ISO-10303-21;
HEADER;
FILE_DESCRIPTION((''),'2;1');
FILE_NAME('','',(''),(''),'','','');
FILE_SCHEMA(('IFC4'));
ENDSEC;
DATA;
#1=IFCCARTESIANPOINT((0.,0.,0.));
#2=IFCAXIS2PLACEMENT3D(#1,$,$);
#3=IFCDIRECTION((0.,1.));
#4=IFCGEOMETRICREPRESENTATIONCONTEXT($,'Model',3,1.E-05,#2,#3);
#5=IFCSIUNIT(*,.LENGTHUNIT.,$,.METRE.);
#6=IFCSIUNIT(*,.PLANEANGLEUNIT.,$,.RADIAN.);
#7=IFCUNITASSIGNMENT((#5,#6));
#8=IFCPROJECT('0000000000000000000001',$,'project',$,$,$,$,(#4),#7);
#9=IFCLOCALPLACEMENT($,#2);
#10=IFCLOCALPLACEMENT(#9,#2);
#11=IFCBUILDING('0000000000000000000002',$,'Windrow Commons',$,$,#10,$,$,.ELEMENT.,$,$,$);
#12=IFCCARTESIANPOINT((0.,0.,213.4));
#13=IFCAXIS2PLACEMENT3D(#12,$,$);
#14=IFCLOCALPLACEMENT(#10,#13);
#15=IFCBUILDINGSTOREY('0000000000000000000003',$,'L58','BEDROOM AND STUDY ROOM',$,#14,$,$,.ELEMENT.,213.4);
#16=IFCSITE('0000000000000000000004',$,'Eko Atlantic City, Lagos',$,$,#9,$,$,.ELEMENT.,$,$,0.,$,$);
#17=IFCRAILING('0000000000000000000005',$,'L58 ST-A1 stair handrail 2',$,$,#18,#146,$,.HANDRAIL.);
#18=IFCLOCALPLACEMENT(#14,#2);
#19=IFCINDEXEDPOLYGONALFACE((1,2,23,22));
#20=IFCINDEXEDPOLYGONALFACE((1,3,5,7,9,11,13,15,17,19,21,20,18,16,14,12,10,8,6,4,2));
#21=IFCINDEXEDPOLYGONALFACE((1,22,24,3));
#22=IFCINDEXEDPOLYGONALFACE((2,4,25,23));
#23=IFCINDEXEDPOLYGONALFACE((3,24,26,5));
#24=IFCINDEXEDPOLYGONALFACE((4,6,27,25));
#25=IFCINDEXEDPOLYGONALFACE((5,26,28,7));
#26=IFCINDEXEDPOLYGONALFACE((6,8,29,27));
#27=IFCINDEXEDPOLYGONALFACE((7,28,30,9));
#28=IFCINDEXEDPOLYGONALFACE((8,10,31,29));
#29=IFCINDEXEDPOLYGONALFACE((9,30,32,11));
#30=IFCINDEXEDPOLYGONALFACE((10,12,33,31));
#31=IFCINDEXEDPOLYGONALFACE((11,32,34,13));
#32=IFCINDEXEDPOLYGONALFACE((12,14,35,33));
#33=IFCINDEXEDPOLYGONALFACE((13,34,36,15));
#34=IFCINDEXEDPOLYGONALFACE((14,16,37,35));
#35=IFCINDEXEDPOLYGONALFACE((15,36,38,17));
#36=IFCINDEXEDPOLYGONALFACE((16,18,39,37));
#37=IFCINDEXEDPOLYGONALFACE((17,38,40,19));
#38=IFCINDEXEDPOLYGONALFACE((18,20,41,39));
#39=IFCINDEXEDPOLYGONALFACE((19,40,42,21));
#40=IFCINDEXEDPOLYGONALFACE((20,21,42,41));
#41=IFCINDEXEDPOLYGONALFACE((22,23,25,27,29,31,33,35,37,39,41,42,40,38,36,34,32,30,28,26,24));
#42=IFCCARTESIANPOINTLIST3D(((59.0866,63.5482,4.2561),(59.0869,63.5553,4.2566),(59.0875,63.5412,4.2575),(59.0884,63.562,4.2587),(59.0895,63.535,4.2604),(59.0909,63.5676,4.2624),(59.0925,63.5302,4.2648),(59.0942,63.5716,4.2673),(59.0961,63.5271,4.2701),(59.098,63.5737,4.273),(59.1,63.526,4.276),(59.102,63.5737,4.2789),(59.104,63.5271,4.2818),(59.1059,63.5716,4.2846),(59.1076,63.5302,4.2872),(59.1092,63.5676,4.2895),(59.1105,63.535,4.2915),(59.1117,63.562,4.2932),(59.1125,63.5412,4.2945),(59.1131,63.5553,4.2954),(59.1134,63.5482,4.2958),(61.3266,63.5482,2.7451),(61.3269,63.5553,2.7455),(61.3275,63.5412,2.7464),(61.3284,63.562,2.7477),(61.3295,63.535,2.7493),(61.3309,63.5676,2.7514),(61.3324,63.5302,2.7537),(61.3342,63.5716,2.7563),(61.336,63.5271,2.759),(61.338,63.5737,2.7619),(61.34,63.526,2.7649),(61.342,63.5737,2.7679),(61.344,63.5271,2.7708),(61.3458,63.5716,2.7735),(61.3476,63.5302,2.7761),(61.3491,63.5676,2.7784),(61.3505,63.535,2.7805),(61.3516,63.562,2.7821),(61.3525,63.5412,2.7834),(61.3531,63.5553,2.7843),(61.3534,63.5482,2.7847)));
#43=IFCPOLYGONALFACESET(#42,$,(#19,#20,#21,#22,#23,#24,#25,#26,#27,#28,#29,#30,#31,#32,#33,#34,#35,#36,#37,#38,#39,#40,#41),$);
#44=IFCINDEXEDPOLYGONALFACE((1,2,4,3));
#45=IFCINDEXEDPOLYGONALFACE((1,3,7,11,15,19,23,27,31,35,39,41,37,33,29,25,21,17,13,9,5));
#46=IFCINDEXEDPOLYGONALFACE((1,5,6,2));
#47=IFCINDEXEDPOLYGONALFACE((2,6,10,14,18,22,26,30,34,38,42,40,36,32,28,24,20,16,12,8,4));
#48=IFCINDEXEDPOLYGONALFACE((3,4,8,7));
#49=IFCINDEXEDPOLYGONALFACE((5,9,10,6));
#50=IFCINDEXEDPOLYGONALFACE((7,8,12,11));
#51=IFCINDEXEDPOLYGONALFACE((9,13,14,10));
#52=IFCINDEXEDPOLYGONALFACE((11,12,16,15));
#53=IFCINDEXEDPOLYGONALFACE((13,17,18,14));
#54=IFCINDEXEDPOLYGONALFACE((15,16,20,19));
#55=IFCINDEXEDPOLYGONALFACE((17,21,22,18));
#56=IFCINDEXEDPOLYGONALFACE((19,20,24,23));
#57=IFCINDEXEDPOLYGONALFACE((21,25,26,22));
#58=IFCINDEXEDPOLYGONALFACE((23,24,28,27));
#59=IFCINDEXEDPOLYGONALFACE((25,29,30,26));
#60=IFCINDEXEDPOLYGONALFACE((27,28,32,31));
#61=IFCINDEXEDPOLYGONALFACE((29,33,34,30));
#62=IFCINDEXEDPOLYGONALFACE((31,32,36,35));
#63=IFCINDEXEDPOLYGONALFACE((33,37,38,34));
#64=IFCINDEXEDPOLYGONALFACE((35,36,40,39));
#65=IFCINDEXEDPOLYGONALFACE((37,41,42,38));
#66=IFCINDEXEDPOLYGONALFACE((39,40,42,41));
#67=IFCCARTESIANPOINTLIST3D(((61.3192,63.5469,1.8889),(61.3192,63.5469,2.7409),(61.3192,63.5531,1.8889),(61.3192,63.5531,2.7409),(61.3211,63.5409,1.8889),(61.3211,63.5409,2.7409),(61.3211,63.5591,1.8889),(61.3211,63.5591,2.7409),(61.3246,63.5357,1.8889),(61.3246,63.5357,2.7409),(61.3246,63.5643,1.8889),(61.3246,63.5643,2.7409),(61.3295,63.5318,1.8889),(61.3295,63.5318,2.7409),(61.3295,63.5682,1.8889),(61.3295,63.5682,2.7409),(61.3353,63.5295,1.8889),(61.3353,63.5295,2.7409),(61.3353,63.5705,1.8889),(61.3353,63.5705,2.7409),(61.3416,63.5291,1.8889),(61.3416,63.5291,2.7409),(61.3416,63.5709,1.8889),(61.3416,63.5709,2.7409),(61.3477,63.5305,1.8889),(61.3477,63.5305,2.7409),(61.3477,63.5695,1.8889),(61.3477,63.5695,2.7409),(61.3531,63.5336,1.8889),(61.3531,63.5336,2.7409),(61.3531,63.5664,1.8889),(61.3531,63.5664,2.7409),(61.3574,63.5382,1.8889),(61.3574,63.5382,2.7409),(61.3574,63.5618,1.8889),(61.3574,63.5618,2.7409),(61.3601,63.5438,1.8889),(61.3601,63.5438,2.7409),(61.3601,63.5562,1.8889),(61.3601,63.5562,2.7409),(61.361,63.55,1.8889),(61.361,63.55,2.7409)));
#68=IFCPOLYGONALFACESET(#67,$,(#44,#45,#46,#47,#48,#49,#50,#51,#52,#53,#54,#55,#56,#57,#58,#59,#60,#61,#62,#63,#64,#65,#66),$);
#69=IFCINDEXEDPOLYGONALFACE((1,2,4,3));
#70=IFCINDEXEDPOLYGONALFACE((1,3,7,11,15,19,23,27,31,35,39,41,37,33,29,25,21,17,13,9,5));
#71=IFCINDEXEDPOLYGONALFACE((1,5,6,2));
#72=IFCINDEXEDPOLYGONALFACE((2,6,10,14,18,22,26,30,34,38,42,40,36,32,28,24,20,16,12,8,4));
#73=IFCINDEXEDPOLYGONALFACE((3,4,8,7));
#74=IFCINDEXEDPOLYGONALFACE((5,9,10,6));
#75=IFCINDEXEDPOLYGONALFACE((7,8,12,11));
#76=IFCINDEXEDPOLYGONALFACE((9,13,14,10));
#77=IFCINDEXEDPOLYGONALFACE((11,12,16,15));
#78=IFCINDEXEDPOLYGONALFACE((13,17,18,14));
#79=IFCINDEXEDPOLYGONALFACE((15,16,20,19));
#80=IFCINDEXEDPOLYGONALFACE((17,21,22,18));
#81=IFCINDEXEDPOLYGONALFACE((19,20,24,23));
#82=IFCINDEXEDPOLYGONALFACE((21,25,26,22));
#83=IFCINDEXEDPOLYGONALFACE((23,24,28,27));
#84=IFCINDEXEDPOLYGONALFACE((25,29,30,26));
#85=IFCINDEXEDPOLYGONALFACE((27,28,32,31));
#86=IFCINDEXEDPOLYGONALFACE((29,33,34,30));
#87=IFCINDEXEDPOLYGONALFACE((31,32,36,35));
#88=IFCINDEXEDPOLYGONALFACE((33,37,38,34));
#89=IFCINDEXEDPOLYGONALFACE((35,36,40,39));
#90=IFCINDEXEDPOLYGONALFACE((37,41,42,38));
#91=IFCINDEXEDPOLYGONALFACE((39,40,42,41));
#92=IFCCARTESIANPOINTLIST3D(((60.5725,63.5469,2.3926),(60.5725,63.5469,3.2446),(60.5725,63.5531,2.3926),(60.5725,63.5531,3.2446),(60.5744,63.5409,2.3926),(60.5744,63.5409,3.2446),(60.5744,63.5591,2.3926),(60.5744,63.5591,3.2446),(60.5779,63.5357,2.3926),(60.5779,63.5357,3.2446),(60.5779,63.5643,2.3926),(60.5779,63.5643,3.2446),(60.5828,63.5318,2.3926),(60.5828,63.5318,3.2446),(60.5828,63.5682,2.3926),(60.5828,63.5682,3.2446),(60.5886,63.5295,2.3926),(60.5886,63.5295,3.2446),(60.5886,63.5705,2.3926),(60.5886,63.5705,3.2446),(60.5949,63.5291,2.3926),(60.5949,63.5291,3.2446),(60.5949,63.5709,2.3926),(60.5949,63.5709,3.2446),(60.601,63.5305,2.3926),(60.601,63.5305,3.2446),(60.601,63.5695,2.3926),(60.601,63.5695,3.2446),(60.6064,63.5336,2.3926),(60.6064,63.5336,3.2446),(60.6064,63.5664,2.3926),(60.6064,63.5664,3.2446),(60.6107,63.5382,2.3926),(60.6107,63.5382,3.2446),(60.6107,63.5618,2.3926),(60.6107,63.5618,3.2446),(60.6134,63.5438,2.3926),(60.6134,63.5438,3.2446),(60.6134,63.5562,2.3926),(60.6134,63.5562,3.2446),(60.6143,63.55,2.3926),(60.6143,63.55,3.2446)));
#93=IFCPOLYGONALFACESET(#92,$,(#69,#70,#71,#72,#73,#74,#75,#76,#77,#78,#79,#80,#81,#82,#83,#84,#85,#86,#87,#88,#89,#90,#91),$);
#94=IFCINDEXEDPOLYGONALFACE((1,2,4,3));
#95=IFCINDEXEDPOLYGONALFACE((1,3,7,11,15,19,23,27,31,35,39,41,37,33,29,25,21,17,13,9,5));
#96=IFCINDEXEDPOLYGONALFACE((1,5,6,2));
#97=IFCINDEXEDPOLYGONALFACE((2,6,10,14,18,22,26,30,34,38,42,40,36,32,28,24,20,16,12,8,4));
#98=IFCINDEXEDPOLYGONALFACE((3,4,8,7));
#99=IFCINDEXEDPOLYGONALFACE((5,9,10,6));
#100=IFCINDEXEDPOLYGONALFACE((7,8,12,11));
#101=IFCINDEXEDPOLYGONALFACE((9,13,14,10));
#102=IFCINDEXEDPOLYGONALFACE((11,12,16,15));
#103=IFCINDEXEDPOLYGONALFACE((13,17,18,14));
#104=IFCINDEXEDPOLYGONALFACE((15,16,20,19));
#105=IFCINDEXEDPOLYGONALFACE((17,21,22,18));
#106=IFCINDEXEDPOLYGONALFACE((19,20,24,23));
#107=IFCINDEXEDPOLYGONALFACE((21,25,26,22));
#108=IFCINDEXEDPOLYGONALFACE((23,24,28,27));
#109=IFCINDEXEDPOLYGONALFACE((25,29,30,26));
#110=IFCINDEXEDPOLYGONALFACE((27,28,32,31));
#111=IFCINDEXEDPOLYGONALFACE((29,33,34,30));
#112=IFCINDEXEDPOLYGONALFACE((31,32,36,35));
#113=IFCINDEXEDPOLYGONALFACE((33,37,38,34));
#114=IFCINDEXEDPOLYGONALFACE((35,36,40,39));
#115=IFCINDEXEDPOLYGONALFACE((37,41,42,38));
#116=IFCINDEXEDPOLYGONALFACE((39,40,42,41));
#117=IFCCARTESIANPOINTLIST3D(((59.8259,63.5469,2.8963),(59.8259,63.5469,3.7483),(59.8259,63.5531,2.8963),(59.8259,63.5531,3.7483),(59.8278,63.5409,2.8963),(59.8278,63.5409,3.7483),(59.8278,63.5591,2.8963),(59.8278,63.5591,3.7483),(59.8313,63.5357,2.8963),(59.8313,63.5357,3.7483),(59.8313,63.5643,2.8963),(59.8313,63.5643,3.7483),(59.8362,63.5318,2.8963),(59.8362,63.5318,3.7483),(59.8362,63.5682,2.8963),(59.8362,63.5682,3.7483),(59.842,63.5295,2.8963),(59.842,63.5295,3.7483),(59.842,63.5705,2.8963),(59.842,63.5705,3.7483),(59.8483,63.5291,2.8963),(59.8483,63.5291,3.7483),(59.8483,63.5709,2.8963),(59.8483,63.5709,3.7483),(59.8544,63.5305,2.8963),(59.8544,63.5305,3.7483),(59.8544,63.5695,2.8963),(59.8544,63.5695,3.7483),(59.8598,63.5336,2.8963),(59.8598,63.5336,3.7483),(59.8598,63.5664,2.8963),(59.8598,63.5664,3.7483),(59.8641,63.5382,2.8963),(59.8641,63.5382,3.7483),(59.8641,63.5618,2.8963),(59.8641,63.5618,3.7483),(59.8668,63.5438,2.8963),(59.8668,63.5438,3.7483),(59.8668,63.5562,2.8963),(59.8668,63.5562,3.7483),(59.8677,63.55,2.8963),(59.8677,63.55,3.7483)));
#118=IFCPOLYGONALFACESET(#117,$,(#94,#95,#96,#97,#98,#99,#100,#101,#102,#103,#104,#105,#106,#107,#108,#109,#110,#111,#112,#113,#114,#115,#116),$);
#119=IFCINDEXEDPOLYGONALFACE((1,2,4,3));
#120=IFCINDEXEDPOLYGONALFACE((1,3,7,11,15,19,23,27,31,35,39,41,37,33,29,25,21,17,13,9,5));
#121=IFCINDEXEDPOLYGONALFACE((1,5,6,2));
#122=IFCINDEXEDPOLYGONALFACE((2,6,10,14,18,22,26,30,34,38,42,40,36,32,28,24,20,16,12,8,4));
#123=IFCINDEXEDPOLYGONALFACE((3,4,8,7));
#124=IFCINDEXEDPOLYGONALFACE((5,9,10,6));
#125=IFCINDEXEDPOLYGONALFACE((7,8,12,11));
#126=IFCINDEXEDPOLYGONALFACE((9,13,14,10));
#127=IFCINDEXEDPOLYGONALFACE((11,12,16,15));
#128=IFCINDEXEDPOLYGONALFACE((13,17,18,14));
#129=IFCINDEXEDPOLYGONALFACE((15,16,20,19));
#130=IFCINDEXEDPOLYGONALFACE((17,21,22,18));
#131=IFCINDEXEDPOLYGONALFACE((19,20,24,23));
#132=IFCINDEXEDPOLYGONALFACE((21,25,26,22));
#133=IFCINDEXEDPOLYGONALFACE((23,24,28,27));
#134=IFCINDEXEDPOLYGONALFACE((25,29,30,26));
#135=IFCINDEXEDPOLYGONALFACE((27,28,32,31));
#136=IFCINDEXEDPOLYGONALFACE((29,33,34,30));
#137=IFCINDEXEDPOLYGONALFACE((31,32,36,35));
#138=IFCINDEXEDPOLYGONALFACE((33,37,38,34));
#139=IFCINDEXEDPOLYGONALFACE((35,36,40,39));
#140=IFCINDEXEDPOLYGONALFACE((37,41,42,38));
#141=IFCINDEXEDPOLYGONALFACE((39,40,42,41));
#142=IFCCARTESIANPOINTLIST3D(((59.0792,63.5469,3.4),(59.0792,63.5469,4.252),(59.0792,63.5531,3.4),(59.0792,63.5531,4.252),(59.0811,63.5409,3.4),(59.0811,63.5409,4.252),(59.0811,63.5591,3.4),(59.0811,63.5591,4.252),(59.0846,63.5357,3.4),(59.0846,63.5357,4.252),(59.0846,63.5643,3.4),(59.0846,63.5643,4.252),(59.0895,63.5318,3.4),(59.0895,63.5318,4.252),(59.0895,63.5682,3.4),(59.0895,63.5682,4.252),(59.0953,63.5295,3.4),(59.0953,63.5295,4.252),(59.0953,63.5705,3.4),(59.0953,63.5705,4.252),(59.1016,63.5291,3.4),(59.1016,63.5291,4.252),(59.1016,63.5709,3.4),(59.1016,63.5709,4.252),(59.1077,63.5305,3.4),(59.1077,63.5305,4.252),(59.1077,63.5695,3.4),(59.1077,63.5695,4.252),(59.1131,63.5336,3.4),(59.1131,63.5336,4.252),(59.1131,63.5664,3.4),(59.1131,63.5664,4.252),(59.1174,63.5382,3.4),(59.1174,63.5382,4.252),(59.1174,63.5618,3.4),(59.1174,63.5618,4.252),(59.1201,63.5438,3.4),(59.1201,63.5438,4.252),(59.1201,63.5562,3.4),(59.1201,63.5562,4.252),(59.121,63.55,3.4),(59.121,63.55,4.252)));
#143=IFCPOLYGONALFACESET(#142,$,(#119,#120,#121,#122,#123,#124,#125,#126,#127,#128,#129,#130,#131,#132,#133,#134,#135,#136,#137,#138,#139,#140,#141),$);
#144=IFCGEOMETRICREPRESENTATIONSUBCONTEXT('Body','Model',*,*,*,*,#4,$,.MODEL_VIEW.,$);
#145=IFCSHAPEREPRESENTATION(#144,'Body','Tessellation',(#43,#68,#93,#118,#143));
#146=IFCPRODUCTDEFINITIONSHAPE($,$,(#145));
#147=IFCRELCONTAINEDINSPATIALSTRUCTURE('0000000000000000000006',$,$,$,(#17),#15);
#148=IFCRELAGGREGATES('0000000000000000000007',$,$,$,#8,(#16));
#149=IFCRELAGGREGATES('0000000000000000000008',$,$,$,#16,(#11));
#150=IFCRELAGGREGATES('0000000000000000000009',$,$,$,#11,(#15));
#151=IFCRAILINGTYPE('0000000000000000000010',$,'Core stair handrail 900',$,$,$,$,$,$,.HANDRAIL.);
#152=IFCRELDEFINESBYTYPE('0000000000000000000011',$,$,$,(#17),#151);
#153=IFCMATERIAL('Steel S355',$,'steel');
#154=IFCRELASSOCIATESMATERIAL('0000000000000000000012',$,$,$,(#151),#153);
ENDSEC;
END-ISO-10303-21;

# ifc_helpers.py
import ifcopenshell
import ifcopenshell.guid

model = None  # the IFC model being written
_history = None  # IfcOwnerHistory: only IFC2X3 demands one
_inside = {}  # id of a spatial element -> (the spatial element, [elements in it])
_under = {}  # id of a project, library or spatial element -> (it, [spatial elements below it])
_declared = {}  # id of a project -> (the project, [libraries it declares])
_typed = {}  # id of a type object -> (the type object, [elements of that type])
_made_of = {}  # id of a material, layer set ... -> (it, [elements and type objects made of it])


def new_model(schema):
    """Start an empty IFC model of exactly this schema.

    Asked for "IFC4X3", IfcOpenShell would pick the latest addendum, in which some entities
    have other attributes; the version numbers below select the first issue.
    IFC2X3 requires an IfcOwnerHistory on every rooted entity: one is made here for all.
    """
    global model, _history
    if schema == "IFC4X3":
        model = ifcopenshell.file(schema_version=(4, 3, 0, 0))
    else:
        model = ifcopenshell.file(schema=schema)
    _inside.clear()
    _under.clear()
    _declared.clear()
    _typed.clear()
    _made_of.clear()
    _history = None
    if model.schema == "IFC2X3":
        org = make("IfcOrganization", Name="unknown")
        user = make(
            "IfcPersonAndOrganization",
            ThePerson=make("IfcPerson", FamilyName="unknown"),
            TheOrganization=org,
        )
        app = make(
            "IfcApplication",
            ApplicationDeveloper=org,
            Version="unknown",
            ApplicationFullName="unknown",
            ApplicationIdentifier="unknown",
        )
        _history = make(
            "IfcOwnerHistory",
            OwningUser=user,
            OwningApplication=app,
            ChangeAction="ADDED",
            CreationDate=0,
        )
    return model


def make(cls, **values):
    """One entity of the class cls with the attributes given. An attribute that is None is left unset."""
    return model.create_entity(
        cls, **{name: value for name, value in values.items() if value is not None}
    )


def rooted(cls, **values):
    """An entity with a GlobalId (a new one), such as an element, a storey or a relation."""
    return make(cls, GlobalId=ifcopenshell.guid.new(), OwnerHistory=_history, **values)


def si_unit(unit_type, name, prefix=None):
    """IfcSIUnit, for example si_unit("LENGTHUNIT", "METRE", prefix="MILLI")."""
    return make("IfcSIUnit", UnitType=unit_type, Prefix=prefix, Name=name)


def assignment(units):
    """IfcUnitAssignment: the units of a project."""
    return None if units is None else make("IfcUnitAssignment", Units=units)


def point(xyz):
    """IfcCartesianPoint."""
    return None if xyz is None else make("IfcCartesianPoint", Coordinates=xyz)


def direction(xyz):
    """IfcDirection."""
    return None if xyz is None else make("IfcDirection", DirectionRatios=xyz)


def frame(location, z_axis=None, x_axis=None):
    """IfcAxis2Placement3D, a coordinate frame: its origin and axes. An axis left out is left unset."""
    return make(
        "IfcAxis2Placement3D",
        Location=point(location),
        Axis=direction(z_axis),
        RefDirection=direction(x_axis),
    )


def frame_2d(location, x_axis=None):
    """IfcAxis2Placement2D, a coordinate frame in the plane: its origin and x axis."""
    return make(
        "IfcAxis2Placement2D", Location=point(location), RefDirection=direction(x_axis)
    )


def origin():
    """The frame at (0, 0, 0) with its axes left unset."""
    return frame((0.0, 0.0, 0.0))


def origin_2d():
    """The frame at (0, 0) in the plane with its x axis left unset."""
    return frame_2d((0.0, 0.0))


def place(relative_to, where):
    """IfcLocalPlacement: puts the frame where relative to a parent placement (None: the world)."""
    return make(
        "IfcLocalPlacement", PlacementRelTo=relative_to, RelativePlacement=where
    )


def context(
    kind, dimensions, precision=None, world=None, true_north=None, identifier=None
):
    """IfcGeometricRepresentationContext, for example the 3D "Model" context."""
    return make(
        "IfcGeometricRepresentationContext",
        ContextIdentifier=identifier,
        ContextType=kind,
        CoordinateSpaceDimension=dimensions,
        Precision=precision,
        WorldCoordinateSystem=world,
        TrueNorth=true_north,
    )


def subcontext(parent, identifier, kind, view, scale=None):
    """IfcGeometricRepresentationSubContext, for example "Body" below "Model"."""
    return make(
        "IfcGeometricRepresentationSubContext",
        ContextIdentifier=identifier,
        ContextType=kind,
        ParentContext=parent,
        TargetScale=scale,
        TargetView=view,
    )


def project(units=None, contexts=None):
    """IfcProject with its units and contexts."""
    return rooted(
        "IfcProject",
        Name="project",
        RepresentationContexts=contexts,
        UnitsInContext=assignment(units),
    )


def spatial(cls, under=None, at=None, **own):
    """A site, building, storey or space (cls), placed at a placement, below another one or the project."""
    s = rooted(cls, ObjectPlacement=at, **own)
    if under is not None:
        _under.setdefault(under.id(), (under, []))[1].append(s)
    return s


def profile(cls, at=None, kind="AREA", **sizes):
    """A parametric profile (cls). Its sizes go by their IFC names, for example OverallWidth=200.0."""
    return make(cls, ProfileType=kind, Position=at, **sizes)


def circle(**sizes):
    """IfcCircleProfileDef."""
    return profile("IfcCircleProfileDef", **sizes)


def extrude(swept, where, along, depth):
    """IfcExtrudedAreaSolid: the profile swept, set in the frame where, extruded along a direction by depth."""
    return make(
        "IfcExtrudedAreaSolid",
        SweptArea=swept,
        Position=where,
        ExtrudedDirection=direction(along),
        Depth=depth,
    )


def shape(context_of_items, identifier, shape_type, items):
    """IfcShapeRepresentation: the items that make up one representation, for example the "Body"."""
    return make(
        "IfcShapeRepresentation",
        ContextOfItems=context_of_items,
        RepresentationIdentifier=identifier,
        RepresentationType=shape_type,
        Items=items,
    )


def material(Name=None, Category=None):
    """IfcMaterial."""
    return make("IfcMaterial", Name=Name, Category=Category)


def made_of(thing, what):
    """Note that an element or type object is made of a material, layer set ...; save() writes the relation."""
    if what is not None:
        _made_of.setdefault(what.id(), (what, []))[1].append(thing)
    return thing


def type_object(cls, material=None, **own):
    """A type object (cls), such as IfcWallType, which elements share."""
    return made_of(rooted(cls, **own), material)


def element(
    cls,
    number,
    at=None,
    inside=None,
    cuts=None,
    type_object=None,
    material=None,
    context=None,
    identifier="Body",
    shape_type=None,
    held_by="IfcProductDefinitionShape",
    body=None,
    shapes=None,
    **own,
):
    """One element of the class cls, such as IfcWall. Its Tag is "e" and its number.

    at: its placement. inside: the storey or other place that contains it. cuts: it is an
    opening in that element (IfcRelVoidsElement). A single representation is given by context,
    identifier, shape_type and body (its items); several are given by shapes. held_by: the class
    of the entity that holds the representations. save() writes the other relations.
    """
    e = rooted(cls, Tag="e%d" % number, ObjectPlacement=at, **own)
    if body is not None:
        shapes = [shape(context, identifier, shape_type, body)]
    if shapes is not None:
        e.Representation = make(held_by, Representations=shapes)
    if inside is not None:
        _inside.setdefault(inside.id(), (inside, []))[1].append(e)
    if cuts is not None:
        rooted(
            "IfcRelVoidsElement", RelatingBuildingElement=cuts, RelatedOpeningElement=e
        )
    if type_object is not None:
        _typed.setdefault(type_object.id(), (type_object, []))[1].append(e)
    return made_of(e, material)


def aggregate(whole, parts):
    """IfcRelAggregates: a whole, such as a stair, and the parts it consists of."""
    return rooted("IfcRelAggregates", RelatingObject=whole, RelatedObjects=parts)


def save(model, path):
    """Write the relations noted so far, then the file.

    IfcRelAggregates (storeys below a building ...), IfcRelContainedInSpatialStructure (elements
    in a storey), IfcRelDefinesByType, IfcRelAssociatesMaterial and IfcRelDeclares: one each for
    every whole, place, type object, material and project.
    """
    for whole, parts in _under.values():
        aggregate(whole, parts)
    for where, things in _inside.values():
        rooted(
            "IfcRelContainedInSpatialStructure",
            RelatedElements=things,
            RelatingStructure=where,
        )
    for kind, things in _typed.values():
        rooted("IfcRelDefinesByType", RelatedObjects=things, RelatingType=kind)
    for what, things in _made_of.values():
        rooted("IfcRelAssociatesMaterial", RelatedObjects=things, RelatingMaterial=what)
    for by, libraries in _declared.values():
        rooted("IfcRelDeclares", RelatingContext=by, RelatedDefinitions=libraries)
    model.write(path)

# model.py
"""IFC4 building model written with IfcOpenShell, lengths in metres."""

from ifc_helpers import new_model, si_unit, direction, frame, origin, origin_2d, place, context, subcontext, project, spatial, circle, extrude, material, type_object, element, save


model = new_model("IFC4")

# Units and contexts
model_context = context("Model", 3, precision=1e-05, world=origin(), true_north=direction((0.0, 1.0)))
body_context = subcontext(model_context, "Body", "Model", "MODEL_VIEW")
ifc_project = project(units=[si_unit("LENGTHUNIT", "METRE"), si_unit("PLANEANGLEUNIT", "RADIAN")], contexts=[model_context])

# Site, building, storey
site_placement = place(None, origin())
site = spatial("IfcSite", under=ifc_project, at=site_placement, Name="Eko Atlantic City, Lagos", CompositionType="ELEMENT", RefElevation=0.0)
building_placement = place(site_placement, origin())
building = spatial("IfcBuilding", under=site, at=building_placement, Name="Windrow Commons", CompositionType="ELEMENT")
storey_placement = place(building_placement, frame((0.0, 0.0, 213.4)))
storey = spatial("IfcBuildingStorey", under=building, at=storey_placement, Name="L58", Description="BEDROOM AND STUDY ROOM", CompositionType="ELEMENT", Elevation=213.4)

# Railing
ifc_material_1 = material(Name="Steel S355", Category="steel")
railing_type_1 = type_object("IfcRailingType", Name="Core stair handrail 900", PredefinedType="HANDRAIL", material=ifc_material_1)
railing_1_placement = place(storey_placement, frame((61.34, 63.55, 1.8889)))
element("IfcRailing", 1, at=railing_1_placement, inside=storey, type_object=railing_type_1, Name="L58 ST-A1 stair handrail 2", PredefinedType="HANDRAIL", context=body_context, shape_type="SweptSolid", body=[
    extrude(circle(Radius=0.024, at=origin_2d()), frame((0.0, 0.0, 0.876), z_axis=(-0.829003, 0.0, 0.559244), x_axis=(0.0, -1.0, 0.0)), (0.0, 0.0, 1.0), 2.702),
    extrude(circle(Radius=0.021, at=origin_2d()), origin(), (0.0, 0.0, 1.0), 0.852),
    extrude(circle(Radius=0.021, at=origin_2d()), frame((-0.7467, 0.0, 0.5037)), (0.0, 0.0, 1.0), 0.852),
    extrude(circle(Radius=0.021, at=origin_2d()), frame((-1.4933, 0.0, 1.0074)), (0.0, 0.0, 1.0), 0.852),
    extrude(circle(Radius=0.021, at=origin_2d()), frame((-2.24, 0.0, 1.5111)), (0.0, 0.0, 1.0), 0.852),
])

save(model, "model.ifc")
